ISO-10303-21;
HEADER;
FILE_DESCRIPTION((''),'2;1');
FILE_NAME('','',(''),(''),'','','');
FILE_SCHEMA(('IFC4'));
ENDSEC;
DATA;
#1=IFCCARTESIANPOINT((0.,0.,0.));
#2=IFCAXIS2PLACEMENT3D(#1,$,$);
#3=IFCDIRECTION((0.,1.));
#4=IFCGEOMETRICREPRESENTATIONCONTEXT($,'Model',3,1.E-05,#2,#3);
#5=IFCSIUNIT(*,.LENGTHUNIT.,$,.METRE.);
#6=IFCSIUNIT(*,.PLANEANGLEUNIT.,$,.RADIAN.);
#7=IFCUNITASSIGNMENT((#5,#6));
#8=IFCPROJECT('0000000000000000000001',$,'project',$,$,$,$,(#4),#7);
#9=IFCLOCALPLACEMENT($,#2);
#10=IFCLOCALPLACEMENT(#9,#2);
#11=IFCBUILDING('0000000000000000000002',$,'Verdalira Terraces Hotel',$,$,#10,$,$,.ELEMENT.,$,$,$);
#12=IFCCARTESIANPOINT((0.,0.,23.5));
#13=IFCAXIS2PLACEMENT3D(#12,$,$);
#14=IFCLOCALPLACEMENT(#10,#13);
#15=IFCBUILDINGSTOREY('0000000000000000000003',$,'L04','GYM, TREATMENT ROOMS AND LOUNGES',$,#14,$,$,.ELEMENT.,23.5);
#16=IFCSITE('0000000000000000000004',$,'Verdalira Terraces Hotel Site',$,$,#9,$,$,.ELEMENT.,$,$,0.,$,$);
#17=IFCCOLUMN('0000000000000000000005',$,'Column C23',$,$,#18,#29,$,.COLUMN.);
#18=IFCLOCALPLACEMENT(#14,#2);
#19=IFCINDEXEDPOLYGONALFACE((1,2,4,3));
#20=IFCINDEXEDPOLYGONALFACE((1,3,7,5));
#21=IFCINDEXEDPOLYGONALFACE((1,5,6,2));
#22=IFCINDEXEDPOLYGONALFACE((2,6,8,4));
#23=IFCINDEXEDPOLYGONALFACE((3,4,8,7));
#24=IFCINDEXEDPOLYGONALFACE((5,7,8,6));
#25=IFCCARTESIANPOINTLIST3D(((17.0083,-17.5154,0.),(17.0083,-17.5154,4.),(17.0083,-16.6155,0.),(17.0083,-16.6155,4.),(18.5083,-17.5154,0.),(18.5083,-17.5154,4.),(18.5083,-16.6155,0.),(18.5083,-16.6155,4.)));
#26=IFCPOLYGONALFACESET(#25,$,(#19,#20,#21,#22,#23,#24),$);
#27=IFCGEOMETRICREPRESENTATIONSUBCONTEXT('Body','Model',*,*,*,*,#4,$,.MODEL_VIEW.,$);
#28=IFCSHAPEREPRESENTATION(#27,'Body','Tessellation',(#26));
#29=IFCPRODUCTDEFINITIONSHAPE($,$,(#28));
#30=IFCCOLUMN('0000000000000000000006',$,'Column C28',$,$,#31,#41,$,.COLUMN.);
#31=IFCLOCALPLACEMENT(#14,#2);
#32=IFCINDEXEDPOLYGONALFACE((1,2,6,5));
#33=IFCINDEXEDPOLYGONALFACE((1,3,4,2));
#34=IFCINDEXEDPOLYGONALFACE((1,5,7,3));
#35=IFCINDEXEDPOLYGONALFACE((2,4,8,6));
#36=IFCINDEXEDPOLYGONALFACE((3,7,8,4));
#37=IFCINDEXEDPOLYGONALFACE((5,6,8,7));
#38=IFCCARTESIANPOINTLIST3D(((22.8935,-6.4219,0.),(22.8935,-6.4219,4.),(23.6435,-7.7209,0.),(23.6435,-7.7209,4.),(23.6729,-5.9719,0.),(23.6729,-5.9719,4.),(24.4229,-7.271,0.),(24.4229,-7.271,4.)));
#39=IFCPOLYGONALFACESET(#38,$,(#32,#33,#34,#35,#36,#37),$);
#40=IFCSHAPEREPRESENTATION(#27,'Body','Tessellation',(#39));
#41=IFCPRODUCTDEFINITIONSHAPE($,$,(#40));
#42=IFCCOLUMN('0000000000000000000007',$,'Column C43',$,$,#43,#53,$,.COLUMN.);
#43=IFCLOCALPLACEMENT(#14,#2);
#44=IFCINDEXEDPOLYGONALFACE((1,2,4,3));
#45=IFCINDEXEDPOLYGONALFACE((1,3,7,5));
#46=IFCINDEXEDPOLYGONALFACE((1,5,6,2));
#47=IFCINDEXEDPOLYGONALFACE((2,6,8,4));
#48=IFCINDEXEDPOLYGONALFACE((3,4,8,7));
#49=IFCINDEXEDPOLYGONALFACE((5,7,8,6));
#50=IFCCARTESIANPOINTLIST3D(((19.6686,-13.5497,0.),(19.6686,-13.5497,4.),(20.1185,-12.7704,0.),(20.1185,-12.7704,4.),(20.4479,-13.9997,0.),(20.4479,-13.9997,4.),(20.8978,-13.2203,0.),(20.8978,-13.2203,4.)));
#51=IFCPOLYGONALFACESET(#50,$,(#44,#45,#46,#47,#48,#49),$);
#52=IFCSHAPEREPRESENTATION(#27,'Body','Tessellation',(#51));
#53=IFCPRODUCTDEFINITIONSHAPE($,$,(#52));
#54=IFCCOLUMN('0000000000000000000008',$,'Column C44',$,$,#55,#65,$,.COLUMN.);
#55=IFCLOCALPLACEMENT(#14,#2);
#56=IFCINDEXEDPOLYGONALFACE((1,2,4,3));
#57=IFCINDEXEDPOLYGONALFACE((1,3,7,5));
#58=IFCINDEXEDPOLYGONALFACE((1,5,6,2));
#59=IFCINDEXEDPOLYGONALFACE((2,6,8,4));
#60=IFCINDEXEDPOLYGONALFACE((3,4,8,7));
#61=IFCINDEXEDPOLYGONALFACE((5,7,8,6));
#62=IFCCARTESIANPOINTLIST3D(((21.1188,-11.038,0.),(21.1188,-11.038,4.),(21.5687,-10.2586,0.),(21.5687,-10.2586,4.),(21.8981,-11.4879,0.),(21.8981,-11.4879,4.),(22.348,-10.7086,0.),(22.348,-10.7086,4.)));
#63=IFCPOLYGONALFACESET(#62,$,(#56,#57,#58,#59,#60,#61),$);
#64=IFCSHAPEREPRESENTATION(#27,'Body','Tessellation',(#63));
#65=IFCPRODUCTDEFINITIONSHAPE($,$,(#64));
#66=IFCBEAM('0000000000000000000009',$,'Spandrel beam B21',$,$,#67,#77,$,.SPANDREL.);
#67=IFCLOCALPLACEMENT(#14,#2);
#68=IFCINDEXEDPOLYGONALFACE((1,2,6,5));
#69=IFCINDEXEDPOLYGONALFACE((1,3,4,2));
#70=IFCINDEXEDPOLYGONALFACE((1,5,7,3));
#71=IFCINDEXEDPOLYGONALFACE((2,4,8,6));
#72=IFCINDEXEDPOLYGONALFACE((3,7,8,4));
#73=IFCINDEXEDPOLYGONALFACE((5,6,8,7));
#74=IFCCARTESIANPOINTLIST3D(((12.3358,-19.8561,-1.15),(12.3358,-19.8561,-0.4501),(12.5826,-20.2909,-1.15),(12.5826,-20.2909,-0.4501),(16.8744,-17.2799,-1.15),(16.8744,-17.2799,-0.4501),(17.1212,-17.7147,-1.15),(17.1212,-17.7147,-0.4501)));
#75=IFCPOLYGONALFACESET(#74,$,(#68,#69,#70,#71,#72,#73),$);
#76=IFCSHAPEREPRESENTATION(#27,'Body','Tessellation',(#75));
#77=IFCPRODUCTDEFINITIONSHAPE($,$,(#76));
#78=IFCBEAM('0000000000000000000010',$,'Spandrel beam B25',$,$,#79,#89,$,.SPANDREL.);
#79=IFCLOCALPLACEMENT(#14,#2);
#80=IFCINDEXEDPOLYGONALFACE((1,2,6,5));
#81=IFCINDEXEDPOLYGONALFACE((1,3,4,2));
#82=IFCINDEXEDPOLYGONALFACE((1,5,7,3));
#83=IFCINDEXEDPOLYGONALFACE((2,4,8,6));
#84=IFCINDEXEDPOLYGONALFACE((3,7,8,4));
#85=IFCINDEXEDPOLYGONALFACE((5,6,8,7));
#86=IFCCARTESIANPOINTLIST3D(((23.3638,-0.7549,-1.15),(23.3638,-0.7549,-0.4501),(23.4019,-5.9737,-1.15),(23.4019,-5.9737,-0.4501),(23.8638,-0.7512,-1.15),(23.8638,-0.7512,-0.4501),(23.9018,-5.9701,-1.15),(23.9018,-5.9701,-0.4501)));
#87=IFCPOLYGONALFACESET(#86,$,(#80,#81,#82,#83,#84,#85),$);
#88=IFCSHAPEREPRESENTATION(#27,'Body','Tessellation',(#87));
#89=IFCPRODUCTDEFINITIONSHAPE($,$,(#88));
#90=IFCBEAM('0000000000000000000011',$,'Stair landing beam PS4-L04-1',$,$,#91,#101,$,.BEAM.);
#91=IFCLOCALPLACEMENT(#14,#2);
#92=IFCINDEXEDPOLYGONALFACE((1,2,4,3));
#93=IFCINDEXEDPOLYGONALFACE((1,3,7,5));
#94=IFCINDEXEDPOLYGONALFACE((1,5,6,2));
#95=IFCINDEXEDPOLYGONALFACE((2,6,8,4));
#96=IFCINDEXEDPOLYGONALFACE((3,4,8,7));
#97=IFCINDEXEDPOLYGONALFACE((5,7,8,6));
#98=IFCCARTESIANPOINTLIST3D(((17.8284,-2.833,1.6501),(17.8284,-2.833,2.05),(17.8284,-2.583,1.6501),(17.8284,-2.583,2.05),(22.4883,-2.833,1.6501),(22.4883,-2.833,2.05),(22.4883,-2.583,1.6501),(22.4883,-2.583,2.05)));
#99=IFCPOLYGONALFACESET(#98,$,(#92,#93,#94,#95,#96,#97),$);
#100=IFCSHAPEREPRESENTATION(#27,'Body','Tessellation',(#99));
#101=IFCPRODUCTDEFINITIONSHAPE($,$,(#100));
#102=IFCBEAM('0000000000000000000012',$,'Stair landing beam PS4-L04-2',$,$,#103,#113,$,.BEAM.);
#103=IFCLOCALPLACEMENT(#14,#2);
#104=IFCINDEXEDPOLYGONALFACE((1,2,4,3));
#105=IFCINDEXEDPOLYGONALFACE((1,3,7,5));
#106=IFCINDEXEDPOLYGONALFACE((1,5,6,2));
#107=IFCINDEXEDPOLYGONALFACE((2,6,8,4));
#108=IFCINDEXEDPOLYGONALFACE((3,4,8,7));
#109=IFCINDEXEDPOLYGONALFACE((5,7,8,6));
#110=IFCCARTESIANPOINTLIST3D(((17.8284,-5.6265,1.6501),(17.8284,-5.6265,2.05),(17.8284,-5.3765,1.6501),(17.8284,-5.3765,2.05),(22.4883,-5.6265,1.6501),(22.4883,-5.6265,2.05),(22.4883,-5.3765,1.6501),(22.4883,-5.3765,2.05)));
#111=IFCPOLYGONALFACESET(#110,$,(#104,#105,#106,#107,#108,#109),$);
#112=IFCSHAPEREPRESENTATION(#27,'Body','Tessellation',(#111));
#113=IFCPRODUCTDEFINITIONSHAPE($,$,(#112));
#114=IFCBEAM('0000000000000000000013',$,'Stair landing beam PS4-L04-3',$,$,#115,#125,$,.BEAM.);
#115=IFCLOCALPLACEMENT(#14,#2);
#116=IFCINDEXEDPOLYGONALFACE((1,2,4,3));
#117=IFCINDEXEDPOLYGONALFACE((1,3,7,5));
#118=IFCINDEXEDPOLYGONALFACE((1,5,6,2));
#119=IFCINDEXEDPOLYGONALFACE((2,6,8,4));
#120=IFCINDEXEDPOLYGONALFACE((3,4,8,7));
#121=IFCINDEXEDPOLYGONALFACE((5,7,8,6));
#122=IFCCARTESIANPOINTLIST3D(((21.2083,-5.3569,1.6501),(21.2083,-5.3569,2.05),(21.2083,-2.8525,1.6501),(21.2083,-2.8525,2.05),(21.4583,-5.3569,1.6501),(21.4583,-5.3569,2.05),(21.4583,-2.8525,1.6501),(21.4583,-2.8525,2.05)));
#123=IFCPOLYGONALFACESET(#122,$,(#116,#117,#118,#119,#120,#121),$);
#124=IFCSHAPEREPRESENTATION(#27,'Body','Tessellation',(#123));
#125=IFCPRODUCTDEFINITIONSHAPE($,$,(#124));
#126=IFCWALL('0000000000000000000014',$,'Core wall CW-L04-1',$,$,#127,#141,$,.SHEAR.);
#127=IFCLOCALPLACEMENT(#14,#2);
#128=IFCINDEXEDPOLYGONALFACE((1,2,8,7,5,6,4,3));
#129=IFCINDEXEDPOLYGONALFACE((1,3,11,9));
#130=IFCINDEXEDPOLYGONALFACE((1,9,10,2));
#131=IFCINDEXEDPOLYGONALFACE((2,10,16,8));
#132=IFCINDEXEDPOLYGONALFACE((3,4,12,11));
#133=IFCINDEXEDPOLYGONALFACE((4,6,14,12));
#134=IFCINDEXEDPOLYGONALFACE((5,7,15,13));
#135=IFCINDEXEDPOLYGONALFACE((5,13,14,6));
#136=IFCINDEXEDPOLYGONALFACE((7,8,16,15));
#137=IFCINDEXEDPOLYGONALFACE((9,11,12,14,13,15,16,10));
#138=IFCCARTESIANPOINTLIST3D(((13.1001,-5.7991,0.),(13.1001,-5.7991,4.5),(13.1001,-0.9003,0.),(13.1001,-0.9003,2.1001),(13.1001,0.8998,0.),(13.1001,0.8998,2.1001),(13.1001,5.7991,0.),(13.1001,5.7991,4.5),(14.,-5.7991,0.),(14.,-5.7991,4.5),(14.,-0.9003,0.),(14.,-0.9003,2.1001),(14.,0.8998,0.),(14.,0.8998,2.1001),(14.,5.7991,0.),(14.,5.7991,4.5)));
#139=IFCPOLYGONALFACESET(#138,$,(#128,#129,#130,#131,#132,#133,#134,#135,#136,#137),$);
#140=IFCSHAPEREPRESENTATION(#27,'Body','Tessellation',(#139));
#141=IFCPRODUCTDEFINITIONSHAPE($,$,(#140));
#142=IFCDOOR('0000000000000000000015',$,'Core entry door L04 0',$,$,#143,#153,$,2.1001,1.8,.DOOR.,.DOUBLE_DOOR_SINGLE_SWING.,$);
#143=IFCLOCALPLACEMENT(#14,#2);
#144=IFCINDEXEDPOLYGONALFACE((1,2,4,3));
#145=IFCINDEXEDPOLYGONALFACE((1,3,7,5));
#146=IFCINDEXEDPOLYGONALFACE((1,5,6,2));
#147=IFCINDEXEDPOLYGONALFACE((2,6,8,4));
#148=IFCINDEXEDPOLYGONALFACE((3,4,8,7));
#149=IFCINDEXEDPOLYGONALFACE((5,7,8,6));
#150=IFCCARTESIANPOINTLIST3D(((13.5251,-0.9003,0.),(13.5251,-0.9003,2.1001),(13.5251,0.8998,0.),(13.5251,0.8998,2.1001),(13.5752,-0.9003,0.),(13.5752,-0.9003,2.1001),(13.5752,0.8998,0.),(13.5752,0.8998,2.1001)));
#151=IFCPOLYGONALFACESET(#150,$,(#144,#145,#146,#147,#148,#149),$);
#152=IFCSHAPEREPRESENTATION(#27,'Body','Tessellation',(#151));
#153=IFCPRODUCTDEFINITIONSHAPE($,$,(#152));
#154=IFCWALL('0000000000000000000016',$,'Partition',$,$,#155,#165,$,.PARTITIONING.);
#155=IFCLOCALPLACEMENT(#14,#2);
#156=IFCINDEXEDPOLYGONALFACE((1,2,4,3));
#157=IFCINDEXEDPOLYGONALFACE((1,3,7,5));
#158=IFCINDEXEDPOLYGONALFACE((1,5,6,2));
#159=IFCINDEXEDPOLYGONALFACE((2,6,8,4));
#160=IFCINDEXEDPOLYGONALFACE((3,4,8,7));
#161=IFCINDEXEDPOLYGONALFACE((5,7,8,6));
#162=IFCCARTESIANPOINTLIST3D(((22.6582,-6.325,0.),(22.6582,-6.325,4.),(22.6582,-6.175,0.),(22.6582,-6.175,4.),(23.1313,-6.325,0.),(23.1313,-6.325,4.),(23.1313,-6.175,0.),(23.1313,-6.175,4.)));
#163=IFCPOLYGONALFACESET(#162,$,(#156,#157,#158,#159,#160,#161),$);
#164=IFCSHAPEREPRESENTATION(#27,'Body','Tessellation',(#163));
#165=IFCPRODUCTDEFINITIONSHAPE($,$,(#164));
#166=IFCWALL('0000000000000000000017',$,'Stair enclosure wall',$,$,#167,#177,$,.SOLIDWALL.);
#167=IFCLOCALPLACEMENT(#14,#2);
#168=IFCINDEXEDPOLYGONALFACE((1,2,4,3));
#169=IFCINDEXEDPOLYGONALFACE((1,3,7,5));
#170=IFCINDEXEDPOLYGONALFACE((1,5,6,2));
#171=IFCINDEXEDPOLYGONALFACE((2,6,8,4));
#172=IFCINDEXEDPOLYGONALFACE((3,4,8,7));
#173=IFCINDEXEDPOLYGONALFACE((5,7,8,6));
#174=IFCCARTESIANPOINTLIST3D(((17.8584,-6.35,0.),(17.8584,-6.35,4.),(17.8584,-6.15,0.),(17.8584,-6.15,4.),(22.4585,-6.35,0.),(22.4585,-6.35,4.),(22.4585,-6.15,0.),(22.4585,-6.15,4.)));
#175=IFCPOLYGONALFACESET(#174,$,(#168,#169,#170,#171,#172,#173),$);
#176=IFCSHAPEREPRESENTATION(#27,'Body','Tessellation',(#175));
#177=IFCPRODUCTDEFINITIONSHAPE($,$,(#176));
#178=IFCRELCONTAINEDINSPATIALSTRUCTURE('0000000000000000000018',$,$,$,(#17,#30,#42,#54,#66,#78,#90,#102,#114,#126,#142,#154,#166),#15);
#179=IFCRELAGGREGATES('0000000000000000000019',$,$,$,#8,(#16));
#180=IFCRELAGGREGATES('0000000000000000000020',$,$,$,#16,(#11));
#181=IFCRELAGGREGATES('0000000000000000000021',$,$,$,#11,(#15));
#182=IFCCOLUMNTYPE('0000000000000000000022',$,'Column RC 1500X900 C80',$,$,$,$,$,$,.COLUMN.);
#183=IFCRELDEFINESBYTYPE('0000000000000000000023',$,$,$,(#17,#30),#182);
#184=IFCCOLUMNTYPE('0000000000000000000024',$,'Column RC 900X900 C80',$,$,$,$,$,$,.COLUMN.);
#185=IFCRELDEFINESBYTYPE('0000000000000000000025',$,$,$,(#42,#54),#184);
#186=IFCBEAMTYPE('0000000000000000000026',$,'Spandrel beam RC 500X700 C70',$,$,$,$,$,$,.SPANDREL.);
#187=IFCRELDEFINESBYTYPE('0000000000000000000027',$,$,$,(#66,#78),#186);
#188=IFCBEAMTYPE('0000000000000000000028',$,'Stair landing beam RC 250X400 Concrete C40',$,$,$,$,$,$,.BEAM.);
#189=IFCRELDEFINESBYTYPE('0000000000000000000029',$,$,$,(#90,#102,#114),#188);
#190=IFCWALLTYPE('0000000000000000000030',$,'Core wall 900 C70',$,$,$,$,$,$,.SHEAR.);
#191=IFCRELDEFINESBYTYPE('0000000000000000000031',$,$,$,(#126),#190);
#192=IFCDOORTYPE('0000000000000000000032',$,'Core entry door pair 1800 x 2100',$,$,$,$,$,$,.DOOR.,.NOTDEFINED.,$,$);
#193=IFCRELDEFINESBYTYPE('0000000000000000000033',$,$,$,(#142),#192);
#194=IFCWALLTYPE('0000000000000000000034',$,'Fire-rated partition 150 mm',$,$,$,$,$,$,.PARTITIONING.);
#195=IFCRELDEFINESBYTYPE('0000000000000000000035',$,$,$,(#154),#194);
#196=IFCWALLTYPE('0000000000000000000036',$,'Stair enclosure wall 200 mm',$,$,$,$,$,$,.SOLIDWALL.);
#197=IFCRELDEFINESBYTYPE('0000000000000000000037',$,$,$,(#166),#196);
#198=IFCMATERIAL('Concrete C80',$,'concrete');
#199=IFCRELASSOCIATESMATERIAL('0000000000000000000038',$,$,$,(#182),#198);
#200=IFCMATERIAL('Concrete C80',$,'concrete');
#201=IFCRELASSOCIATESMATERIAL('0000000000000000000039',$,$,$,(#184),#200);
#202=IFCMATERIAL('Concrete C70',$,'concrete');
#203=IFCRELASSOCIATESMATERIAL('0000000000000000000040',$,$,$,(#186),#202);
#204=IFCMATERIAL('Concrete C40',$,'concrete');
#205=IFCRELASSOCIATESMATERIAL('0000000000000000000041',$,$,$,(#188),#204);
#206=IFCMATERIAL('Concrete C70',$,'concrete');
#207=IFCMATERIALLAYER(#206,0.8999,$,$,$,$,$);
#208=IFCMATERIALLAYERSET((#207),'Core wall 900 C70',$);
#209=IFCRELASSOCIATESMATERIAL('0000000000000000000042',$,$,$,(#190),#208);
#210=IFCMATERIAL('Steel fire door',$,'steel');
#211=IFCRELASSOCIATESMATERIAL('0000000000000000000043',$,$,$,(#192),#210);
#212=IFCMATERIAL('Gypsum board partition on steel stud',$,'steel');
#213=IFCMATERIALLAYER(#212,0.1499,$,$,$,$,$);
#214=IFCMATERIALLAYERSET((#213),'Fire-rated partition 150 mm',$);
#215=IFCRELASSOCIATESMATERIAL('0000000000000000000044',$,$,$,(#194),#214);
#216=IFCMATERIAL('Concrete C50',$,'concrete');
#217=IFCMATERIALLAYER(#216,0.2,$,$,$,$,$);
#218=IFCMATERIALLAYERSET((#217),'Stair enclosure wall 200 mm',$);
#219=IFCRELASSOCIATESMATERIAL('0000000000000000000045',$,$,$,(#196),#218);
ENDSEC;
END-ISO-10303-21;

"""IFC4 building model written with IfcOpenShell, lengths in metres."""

from ifc_helpers import new_model, si_unit, direction, frame, frame_2d, origin, origin_2d, place, context, subcontext, project, spatial, rectangle, extrude, material, layer, layer_set, material_profile, profile_set, type_object, element, fill, save


model = new_model("IFC4")

# Units and contexts
model_context = context("Model", 3, precision=1e-05, world=origin(), true_north=direction((0.0, 1.0)))
body_context = subcontext(model_context, "Body", "Model", "MODEL_VIEW")
ifc_project = project(units=[si_unit("LENGTHUNIT", "METRE"), si_unit("PLANEANGLEUNIT", "RADIAN")], contexts=[model_context])

# Site, building, storey
site_placement = place(None, origin())
site = spatial("IfcSite", under=ifc_project, at=site_placement, Name="Verdalira Terraces Hotel Site", CompositionType="ELEMENT", RefElevation=0.0)
building_placement = place(site_placement, origin())
building = spatial("IfcBuilding", under=site, at=building_placement, Name="Verdalira Terraces Hotel", CompositionType="ELEMENT")
storey_placement = place(building_placement, frame((0.0, 0.0, 23.5)))
storey = spatial("IfcBuildingStorey", under=building, at=storey_placement, Name="L04", Description="GYM, TREATMENT ROOMS AND LOUNGES", CompositionType="ELEMENT", Elevation=23.5)

# Columns
ifc_material_1 = material(Name="Concrete C80", Category="concrete")
ifc_material_profile_1 = material_profile(ifc_material_1, rectangle(XDim=1.5, YDim=0.8999, at=origin_2d()), Name="RC 1500X900")
ifc_profile_set_1 = profile_set([ifc_material_profile_1], Name="Concrete C80")
column_type_1 = type_object("IfcColumnType", Name="Column RC 1500X900 C80", PredefinedType="COLUMN", material=ifc_profile_set_1)
for number, where, z_axis, x_axis, name in (
    (1, (17.7583, -17.0654, 0.0), (0.0, 0.0, 1.0), (-1.0, 0.0, 0.0), "Column C23"),
    (2, (23.6582, -6.8464, 0.0), (0.0, 0.0, 1.0), (0.5, -0.866025, 0.0), "Column C28"),
):
    element("IfcColumn", number, at=place(storey_placement, frame(where, z_axis=z_axis, x_axis=x_axis)), inside=storey, type_object=column_type_1, Name=name, PredefinedType="COLUMN", context=body_context, shape_type="SweptSolid", body=[
        extrude(rectangle(XDim=1.5, YDim=0.8999, at=origin_2d()), origin(), (0.0, 0.0, 1.0), 4.0),
    ])
ifc_material_2 = material(Name="Concrete C80", Category="concrete")
ifc_material_profile_2 = material_profile(ifc_material_2, rectangle(XDim=0.8999, YDim=0.8999, at=origin_2d()), Name="RC 900X900")
ifc_profile_set_2 = profile_set([ifc_material_profile_2], Name="Concrete C80")
column_type_2 = type_object("IfcColumnType", Name="Column RC 900X900 C80", PredefinedType="COLUMN", material=ifc_profile_set_2)
for number, where, z_axis, x_axis, name in (
    (3, (20.2832, -13.385, 0.0), (0.0, 0.0, 1.0), (0.866025, -0.5, 0.0), "Column C43"),
    (4, (21.7334, -10.8733, 0.0), (0.0, 0.0, 1.0), (0.866025, -0.5, 0.0), "Column C44"),
):
    element("IfcColumn", number, at=place(storey_placement, frame(where, z_axis=z_axis, x_axis=x_axis)), inside=storey, type_object=column_type_2, Name=name, PredefinedType="COLUMN", context=body_context, shape_type="SweptSolid", body=[
        extrude(rectangle(XDim=0.8999, YDim=0.8999, at=origin_2d()), origin(), (0.0, 0.0, 1.0), 4.0),
    ])

# Beams
ifc_material_3 = material(Name="Concrete C70", Category="concrete")
ifc_material_profile_3 = material_profile(ifc_material_3, rectangle(XDim=0.5, YDim=0.7, at=origin_2d()), Name="RC 500X700")
ifc_profile_set_3 = profile_set([ifc_material_profile_3], Name="Concrete C70")
beam_type_1 = type_object("IfcBeamType", Name="Spandrel beam RC 500X700 C70", PredefinedType="SPANDREL", material=ifc_profile_set_3)
beam_1_placement = place(storey_placement, frame((12.4592, -20.0735, -0.8), z_axis=(0.869667, 0.493638, 0.0), x_axis=(-0.493638, 0.869667, 0.0)))
element("IfcBeam", 5, at=beam_1_placement, inside=storey, type_object=beam_type_1, Name="Spandrel beam B21", PredefinedType="SPANDREL", context=body_context, shape_type="SweptSolid", body=[
    extrude(rectangle(XDim=0.5, YDim=0.7, at=origin_2d()), origin(), (0.0, 0.0, 1.0), 5.2188),
])
beam_2_placement = place(storey_placement, frame((23.6519, -5.9719, -0.8), z_axis=(-0.007298, 0.999973, 0.0), x_axis=(-0.999973, -0.007298, 0.0)))
element("IfcBeam", 6, at=beam_2_placement, inside=storey, type_object=beam_type_1, Name="Spandrel beam B25", PredefinedType="SPANDREL", context=body_context, shape_type="SweptSolid", body=[
    extrude(rectangle(XDim=0.5, YDim=0.7, at=origin_2d()), origin(), (0.0, 0.0, 1.0), 5.219),
])
ifc_material_4 = material(Name="Concrete C40", Category="concrete")
ifc_material_profile_4 = material_profile(ifc_material_4, rectangle(XDim=0.25, YDim=0.3999, at=origin_2d()), Name="RC 250X400")
ifc_profile_set_4 = profile_set([ifc_material_profile_4], Name="Concrete C40")
beam_type_2 = type_object("IfcBeamType", Name="Stair landing beam RC 250X400 Concrete C40", PredefinedType="BEAM", material=ifc_profile_set_4)
for number, where, z_axis, x_axis, name in (
    (7, (17.8284, -2.708, 1.8501), (1.0, 0.0, 0.0), (0.0, 1.0, 0.0), "Stair landing beam PS4-L04-1"),
    (8, (17.8284, -5.5015, 1.8501), (1.0, 0.0, 0.0), (0.0, 1.0, 0.0), "Stair landing beam PS4-L04-2"),
):
    element("IfcBeam", number, at=place(storey_placement, frame(where, z_axis=z_axis, x_axis=x_axis)), inside=storey, type_object=beam_type_2, Name=name, PredefinedType="BEAM", context=body_context, shape_type="SweptSolid", body=[
        extrude(rectangle(XDim=0.25, YDim=0.3999, at=origin_2d()), origin(), (0.0, 0.0, 1.0), 4.6599),
    ])
beam_3_placement = place(storey_placement, frame((21.3333, -2.8525, 1.8501), z_axis=(0.0, -1.0, 0.0), x_axis=(1.0, 0.0, 0.0)))
element("IfcBeam", 9, at=beam_3_placement, inside=storey, type_object=beam_type_2, Name="Stair landing beam PS4-L04-3", PredefinedType="BEAM", context=body_context, shape_type="SweptSolid", body=[
    extrude(rectangle(XDim=0.25, YDim=0.3999, at=origin_2d()), origin(), (0.0, 0.0, 1.0), 2.5044),
])

# Wall, opening, door
ifc_material_5 = material(Name="Concrete C70", Category="concrete")
ifc_layer_1 = layer(ifc_material_5, 0.8999)
ifc_layer_set_1 = layer_set([ifc_layer_1], Name="Core wall 900 C70")
wall_type_1 = type_object("IfcWallType", Name="Core wall 900 C70", PredefinedType="SHEAR", material=ifc_layer_set_1)
wall_1_placement = place(storey_placement, frame((13.55, -5.7991, 0.0), z_axis=(0.0, 0.0, 1.0), x_axis=(0.0, 1.0, 0.0)))
wall_1 = element("IfcWall", 10, at=wall_1_placement, inside=storey, type_object=wall_type_1, Name="Core wall CW-L04-1", PredefinedType="SHEAR", context=body_context, shape_type="SweptSolid", body=[
    extrude(rectangle(XDim=11.5981, YDim=0.8999, at=frame_2d((5.7991, 0.0))), origin(), (0.0, 0.0, 1.0), 4.5),
])
opening_1_placement = place(wall_1_placement, frame((4.8989, 0.0, 0.0)))
opening_1 = element("IfcOpeningElement", 11, at=opening_1_placement, cuts=wall_1, PredefinedType="OPENING", context=body_context, shape_type="SweptSolid", body=[
    extrude(rectangle(XDim=1.8, YDim=2.1001, at=frame_2d((0.8999, 1.05))), frame((0.0, 0.46, 0.0), z_axis=(0.0, -1.0, 0.0), x_axis=(1.0, 0.0, 0.0)), (0.0, 0.0, 1.0), 0.9199),
])
ifc_material_6 = material(Name="Steel fire door", Category="steel")
door_type = type_object("IfcDoorType", Name="Core entry door pair 1800 x 2100", OperationType="NOTDEFINED", PredefinedType="DOOR", material=ifc_material_6)
door_placement = place(opening_1_placement, origin())
door = element("IfcDoor", 12, at=door_placement, inside=storey, type_object=door_type, Name="Core entry door L04 0", OperationType="DOUBLE_DOOR_SINGLE_SWING", OverallHeight=2.1001, OverallWidth=1.8, PredefinedType="DOOR", context=body_context, shape_type="SweptSolid", body=[
    extrude(rectangle(XDim=1.8, YDim=2.1001, at=frame_2d((0.8999, 1.05))), frame((0.0, 0.0249, 0.0), z_axis=(0.0, -1.0, 0.0), x_axis=(1.0, 0.0, 0.0)), (0.0, 0.0, 1.0), 0.05),
])
fill(opening_1, door)

# Walls
ifc_material_7 = material(Name="Gypsum board partition on steel stud", Category="steel")
ifc_layer_2 = layer(ifc_material_7, 0.1499)
ifc_layer_set_2 = layer_set([ifc_layer_2], Name="Fire-rated partition 150 mm")
wall_type_2 = type_object("IfcWallType", Name="Fire-rated partition 150 mm", PredefinedType="PARTITIONING", material=ifc_layer_set_2)
wall_2_placement = place(storey_placement, frame((22.6582, -6.25, 0.0), z_axis=(0.0, 0.0, 1.0), x_axis=(1.0, 0.0, 0.0)))
element("IfcWall", 13, at=wall_2_placement, inside=storey, type_object=wall_type_2, Name="Partition", PredefinedType="PARTITIONING", context=body_context, shape_type="SweptSolid", body=[
    extrude(rectangle(XDim=0.4731, YDim=0.1499, at=frame_2d((0.2366, 0.0))), origin(), (0.0, 0.0, 1.0), 4.0),
])
ifc_material_8 = material(Name="Concrete C50", Category="concrete")
ifc_layer_3 = layer(ifc_material_8, 0.2)
ifc_layer_set_3 = layer_set([ifc_layer_3], Name="Stair enclosure wall 200 mm")
wall_type_3 = type_object("IfcWallType", Name="Stair enclosure wall 200 mm", PredefinedType="SOLIDWALL", material=ifc_layer_set_3)
wall_3_placement = place(storey_placement, frame((17.8584, -6.25, 0.0), z_axis=(0.0, 0.0, 1.0), x_axis=(1.0, 0.0, 0.0)))
element("IfcWall", 14, at=wall_3_placement, inside=storey, type_object=wall_type_3, Name="Stair enclosure wall", PredefinedType="SOLIDWALL", context=body_context, shape_type="SweptSolid", body=[
    extrude(rectangle(XDim=4.6001, YDim=0.2, at=frame_2d((2.3, 0.0))), origin(), (0.0, 0.0, 1.0), 4.0),
])

save(model, "model.ifc")
